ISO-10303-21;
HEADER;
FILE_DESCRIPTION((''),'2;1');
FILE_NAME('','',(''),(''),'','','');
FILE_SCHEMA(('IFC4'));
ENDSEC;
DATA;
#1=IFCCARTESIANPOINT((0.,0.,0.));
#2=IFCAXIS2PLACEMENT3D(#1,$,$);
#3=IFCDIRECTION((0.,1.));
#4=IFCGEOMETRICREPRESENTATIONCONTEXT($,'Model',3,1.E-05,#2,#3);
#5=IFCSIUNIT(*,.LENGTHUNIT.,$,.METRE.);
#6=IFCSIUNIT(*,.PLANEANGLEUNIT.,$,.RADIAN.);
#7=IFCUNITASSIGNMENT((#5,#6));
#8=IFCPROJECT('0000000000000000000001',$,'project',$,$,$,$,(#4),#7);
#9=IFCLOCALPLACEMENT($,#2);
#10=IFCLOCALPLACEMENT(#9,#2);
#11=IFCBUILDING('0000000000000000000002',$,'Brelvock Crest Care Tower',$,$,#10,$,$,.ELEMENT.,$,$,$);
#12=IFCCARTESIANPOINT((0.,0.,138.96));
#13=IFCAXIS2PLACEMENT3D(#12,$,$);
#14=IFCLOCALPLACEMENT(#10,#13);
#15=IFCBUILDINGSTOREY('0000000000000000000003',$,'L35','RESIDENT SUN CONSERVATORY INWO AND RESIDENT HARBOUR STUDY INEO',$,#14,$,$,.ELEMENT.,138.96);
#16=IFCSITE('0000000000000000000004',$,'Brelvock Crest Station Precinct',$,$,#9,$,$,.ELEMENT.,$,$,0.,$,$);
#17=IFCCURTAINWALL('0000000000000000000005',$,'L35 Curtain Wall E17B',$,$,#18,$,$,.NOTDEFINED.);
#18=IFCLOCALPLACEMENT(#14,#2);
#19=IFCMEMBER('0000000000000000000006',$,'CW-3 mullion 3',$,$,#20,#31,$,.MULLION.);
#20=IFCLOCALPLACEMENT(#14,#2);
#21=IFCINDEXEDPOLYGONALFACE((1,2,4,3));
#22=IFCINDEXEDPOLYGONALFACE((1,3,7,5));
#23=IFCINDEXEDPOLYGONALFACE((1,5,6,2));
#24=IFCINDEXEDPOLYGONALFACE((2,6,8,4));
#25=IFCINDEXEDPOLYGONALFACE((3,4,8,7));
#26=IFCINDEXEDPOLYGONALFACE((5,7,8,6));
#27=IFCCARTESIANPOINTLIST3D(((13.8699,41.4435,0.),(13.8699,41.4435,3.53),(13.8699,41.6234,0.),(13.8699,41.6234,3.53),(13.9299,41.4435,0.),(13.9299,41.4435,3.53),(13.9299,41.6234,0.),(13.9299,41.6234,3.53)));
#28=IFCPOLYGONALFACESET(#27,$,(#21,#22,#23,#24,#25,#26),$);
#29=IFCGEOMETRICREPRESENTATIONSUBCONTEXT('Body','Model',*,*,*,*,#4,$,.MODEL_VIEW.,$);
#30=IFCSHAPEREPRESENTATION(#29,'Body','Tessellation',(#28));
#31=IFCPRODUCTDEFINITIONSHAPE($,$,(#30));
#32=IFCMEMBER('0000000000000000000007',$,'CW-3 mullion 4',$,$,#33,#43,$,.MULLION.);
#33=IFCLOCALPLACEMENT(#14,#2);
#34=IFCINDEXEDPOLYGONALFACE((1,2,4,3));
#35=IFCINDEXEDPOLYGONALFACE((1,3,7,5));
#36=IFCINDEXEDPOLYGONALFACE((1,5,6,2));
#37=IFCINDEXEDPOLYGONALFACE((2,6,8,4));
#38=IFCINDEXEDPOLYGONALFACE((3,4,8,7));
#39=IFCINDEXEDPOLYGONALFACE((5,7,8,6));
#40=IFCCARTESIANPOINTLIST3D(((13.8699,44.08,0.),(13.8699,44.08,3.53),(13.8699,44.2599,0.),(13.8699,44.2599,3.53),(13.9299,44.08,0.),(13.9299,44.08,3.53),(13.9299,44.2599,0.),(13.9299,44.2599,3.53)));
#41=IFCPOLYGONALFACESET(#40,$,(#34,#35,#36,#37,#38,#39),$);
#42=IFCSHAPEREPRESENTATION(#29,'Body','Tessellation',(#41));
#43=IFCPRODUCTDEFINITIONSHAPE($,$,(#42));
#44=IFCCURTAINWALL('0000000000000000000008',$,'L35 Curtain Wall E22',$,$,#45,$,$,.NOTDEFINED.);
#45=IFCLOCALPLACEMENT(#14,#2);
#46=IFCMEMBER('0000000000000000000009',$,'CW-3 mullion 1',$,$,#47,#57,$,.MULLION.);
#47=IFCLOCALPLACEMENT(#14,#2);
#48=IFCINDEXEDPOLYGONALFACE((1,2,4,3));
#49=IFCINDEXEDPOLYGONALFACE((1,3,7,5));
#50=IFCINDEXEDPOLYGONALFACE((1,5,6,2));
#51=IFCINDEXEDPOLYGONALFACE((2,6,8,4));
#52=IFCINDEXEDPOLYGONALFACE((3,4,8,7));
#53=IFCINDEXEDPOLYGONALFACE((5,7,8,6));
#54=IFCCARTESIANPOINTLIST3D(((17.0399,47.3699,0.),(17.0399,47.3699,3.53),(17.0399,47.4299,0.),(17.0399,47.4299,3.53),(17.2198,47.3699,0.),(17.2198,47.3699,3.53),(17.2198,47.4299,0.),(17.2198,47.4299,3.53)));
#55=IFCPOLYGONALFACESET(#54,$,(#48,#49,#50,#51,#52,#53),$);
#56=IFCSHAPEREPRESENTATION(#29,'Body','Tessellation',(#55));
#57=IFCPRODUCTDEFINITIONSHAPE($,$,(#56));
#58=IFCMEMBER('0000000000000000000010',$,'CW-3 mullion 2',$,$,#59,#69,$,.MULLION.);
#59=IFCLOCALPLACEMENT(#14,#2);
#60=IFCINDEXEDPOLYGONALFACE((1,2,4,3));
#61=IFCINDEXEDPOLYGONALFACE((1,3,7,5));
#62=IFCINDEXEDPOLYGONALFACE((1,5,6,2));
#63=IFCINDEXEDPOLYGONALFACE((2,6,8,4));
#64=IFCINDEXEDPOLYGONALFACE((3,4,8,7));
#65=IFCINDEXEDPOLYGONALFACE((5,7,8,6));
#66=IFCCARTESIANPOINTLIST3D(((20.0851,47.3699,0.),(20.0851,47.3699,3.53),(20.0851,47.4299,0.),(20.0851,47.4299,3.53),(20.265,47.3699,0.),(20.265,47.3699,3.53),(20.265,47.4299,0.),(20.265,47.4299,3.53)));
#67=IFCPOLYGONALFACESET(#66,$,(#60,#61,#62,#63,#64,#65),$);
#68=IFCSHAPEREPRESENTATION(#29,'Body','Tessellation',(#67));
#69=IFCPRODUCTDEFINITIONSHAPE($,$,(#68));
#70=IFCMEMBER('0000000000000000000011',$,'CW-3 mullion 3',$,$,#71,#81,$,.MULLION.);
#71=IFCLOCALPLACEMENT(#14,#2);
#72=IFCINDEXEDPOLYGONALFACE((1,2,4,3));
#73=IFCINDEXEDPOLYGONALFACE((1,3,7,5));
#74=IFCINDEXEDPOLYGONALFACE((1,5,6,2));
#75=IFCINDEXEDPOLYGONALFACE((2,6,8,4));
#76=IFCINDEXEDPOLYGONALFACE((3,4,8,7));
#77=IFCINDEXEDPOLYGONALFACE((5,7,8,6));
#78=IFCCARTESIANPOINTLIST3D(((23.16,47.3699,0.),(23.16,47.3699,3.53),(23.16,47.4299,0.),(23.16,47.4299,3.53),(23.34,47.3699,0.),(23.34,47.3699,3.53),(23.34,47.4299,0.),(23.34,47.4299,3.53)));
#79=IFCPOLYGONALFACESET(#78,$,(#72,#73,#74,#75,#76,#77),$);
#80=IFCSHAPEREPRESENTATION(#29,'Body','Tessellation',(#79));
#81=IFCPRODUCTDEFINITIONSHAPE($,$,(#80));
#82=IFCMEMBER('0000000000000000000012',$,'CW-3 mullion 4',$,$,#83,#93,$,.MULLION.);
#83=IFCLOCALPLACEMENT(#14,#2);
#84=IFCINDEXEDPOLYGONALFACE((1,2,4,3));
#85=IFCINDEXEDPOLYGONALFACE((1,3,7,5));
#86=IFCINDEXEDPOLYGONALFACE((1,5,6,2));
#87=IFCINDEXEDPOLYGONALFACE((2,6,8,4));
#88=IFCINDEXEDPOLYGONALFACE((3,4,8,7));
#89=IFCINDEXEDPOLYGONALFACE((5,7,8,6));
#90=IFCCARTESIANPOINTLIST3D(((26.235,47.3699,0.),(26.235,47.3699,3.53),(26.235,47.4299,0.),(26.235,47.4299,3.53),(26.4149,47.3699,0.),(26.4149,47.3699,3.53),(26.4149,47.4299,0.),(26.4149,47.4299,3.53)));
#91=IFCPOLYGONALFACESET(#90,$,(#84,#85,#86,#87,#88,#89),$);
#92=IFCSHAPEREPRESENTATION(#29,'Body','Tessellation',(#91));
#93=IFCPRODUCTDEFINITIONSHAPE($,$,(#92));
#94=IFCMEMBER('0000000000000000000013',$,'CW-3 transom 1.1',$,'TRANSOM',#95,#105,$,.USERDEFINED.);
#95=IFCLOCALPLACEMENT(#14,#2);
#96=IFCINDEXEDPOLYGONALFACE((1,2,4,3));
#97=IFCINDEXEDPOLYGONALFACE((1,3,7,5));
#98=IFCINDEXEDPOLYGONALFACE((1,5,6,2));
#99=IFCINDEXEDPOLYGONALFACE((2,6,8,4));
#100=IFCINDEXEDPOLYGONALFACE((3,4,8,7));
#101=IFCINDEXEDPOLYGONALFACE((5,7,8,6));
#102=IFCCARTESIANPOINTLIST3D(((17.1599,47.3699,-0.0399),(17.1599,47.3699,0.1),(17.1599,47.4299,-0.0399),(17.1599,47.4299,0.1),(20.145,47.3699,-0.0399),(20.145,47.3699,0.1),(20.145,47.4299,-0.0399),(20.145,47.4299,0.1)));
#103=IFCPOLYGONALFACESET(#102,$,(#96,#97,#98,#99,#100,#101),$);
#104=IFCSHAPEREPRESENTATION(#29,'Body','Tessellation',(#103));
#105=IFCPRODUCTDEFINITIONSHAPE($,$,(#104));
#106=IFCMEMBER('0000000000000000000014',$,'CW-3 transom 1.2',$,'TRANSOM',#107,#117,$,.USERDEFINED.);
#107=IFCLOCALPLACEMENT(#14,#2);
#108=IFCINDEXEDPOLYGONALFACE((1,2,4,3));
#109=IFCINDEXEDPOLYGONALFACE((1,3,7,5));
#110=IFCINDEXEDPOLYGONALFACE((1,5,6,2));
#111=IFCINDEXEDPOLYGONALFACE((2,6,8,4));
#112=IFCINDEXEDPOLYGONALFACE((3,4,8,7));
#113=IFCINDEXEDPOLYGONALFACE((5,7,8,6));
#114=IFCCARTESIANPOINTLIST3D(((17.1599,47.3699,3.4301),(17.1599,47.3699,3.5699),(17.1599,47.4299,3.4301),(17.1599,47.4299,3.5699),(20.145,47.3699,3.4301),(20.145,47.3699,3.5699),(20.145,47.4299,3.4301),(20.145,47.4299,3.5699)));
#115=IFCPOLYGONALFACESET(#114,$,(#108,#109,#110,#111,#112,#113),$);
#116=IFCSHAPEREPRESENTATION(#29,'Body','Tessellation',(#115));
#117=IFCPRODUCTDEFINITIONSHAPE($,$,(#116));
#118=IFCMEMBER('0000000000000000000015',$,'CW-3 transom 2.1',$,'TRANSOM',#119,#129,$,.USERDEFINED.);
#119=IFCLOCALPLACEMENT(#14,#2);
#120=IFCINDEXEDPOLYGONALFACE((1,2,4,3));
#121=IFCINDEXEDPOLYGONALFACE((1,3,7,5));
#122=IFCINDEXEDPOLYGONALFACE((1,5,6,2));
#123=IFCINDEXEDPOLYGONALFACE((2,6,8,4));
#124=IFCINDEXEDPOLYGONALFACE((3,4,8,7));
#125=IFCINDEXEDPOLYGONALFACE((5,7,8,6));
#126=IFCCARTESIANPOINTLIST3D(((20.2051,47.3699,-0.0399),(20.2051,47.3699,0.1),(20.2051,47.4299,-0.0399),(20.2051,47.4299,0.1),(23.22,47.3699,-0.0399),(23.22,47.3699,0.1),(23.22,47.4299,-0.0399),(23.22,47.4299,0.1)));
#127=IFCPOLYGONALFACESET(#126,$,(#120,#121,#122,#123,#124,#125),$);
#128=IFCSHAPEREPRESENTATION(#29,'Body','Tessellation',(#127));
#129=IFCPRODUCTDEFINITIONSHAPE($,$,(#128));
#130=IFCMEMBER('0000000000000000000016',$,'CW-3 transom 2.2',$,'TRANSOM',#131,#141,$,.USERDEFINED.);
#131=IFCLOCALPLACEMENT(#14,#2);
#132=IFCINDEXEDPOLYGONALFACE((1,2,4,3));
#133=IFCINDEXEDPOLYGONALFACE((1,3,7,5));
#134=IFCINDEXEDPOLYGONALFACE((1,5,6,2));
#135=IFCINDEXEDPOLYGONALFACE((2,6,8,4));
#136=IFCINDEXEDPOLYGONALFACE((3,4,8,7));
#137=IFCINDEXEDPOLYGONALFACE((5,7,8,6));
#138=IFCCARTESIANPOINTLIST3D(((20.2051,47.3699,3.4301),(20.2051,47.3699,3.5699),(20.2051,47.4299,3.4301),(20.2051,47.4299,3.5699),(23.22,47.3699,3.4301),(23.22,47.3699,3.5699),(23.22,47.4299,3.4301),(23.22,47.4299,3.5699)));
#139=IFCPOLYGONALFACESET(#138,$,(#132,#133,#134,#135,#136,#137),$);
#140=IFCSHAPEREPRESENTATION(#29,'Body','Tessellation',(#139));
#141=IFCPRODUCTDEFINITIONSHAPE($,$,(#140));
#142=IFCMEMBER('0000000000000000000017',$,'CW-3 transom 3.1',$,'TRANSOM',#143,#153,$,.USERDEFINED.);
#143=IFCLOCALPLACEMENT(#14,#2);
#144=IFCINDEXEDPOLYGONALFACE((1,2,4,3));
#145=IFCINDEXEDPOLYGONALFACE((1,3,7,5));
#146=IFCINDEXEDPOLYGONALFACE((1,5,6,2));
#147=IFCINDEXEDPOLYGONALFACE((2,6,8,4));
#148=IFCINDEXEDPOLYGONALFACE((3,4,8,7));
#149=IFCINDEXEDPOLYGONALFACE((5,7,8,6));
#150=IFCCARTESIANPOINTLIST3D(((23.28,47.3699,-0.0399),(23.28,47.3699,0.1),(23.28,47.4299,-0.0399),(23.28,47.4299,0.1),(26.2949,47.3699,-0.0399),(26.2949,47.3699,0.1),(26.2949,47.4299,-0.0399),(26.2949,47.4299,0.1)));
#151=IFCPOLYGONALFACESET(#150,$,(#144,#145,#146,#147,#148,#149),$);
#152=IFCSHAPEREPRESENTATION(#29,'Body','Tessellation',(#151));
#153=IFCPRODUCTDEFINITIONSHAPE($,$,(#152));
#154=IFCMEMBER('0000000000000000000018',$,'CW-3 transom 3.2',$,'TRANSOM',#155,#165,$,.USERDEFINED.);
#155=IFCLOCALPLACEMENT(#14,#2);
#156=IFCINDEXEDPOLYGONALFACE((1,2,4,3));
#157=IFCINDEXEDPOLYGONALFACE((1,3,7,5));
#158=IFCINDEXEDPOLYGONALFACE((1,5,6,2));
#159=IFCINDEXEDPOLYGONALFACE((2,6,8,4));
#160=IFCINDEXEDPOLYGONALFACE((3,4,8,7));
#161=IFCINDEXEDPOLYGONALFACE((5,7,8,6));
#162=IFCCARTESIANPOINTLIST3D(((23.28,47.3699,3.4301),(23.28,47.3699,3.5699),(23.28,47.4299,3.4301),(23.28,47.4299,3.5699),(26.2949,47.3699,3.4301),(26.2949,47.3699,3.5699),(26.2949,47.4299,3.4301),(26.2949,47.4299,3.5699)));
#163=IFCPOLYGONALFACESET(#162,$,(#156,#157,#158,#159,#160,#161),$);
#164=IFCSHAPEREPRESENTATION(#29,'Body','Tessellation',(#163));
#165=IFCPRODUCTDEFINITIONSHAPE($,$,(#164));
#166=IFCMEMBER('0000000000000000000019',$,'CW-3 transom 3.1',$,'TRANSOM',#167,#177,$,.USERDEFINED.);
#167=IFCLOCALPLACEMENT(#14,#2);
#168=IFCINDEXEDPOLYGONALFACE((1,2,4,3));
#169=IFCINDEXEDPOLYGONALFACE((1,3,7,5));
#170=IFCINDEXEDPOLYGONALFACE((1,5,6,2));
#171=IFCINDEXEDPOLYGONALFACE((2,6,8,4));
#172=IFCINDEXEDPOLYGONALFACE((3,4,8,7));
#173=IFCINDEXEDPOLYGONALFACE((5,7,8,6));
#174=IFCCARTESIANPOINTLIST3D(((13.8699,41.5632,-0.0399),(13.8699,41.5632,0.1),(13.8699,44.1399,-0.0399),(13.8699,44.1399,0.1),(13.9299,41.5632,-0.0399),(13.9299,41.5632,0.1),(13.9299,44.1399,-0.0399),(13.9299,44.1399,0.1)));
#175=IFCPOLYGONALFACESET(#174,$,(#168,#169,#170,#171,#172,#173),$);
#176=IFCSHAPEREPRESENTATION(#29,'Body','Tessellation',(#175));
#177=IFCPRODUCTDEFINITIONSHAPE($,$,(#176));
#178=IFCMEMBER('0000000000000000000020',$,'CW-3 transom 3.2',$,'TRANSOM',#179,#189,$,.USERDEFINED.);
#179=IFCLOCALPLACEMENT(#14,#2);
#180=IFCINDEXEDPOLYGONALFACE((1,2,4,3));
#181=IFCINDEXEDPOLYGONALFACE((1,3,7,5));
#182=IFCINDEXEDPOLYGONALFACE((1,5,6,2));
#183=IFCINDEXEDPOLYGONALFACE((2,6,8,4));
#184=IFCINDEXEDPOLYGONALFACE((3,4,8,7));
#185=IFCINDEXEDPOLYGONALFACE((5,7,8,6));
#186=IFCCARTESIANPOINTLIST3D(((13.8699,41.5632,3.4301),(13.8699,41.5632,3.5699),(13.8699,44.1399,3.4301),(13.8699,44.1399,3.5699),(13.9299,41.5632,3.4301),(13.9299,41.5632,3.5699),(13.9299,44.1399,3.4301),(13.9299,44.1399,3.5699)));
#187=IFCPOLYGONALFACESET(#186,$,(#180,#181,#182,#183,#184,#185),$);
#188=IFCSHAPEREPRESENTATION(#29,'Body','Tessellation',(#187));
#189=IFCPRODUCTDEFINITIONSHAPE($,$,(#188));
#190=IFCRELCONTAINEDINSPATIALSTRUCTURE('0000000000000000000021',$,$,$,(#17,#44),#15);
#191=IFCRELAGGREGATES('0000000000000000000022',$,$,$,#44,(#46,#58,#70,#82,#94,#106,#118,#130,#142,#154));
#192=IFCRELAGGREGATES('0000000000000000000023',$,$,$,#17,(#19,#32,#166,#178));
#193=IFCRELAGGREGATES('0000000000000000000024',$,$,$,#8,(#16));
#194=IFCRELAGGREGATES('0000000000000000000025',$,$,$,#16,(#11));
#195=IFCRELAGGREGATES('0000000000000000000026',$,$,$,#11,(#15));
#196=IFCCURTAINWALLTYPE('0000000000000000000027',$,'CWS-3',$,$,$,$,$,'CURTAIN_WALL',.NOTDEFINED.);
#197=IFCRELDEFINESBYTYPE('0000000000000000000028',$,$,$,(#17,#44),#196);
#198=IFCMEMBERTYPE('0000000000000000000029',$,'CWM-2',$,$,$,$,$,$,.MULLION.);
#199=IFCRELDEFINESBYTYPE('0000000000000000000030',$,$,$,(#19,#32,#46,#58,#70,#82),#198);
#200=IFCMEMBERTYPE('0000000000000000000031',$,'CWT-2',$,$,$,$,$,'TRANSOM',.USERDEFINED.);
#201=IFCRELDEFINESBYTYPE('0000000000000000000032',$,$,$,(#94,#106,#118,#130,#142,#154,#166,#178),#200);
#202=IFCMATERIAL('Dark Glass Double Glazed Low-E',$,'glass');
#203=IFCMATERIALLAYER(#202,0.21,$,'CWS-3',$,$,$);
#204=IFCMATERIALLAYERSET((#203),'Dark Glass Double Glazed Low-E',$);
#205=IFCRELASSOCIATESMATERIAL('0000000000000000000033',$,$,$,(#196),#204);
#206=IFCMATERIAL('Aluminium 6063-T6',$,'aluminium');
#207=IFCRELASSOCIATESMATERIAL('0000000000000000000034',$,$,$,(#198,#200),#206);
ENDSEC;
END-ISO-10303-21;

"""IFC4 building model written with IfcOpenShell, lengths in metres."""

from ifc_helpers import new_model, si_unit, direction, frame, origin, origin_2d, place, context, subcontext, project, spatial, rectangle, extrude, source, transform, mapped, material, layer, layer_set, material_profile, profile_set, type_object, element, aggregate, save


model = new_model("IFC4")

# Units and contexts
model_context = context("Model", 3, precision=1e-05, world=origin(), true_north=direction((0.0, 1.0)))
body_context = subcontext(model_context, "Body", "Model", "MODEL_VIEW")
ifc_project = project(units=[si_unit("LENGTHUNIT", "METRE"), si_unit("PLANEANGLEUNIT", "RADIAN")], contexts=[model_context])

# Site, building, storey
site_placement = place(None, origin())
site = spatial("IfcSite", under=ifc_project, at=site_placement, Name="Brelvock Crest Station Precinct", CompositionType="ELEMENT", RefElevation=0.0)
building_placement = place(site_placement, origin())
building = spatial("IfcBuilding", under=site, at=building_placement, Name="Brelvock Crest Care Tower", CompositionType="ELEMENT")
storey_placement = place(building_placement, frame((0.0, 0.0, 138.96)))
storey = spatial("IfcBuildingStorey", under=building, at=storey_placement, Name="L35", Description="RESIDENT SUN CONSERVATORY INWO AND RESIDENT HARBOUR STUDY INEO", CompositionType="ELEMENT", Elevation=138.96)

# Curtain walls, members
ifc_material_1 = material(Name="Dark Glass Double Glazed Low-E", Category="glass")
ifc_layer_1 = layer(ifc_material_1, 0.21, Name="CWS-3")
ifc_layer_set_1 = layer_set([ifc_layer_1], Name="Dark Glass Double Glazed Low-E")
curtain_wall_type = type_object("IfcCurtainWallType", Name="CWS-3", ElementType="CURTAIN_WALL", PredefinedType="NOTDEFINED", material=ifc_layer_set_1)
curtain_wall_1_placement = place(storey_placement, origin())
curtain_wall_1 = element("IfcCurtainWall", 1, at=curtain_wall_1_placement, inside=storey, type_object=curtain_wall_type, Name="L35 Curtain Wall E17B", PredefinedType="NOTDEFINED")
ifc_material_2 = material(Name="Aluminium 6063-T6", Category="aluminium")
ifc_material_profile_1 = material_profile(ifc_material_2, rectangle(XDim=0.0601, YDim=0.1799, at=origin_2d()), Name="ALU60x180")
ifc_profile_set_1 = profile_set([ifc_material_profile_1], Name="Aluminium 6063-T6")
member_type_1 = type_object("IfcMemberType", Name="CWM-2", PredefinedType="MULLION", material=ifc_profile_set_1)
shared_shape_1 = source(origin(), body_context, "Body", "SweptSolid", [
    extrude(rectangle(XDim=0.0601, YDim=0.1799, at=origin_2d()), origin(), (0.0, 0.0, 1.0), 3.53),
])
member_1_placement = place(storey_placement, frame((13.8999, 41.5334, 0.0), z_axis=(0.0, 0.0, 1.0), x_axis=(-1.0, 0.0, 0.0)))
member_1 = element("IfcMember", 2, at=member_1_placement, type_object=member_type_1, Name="CW-3 mullion 3", PredefinedType="MULLION", context=body_context, shape_type="MappedRepresentation", body=[
    mapped(shared_shape_1, transform((0.0, 0.0, 0.0), x_axis=(1.0, 0.0, 0.0), y_axis=(0.0, 1.0, 0.0), z_axis=(0.0, 0.0, 1.0), scale=1.0)),
])
member_2_placement = place(storey_placement, frame((13.8999, 44.1699, 0.0), z_axis=(0.0, 0.0, 1.0), x_axis=(-1.0, 0.0, 0.0)))
member_2 = element("IfcMember", 3, at=member_2_placement, type_object=member_type_1, Name="CW-3 mullion 4", PredefinedType="MULLION", context=body_context, shape_type="MappedRepresentation", body=[
    mapped(shared_shape_1, transform((0.0, 0.0, 0.0), x_axis=(1.0, 0.0, 0.0), y_axis=(0.0, 1.0, 0.0), z_axis=(0.0, 0.0, 1.0), scale=1.0)),
])
curtain_wall_2_placement = place(storey_placement, origin())
curtain_wall_2 = element("IfcCurtainWall", 4, at=curtain_wall_2_placement, inside=storey, type_object=curtain_wall_type, Name="L35 Curtain Wall E22", PredefinedType="NOTDEFINED")
member_3_placement = place(storey_placement, frame((17.1299, 47.3999, 0.0), z_axis=(0.0, 0.0, 1.0), x_axis=(0.0, 1.0, 0.0)))
member_3 = element("IfcMember", 5, at=member_3_placement, type_object=member_type_1, Name="CW-3 mullion 1", PredefinedType="MULLION", context=body_context, shape_type="MappedRepresentation", body=[
    mapped(shared_shape_1, transform((0.0, 0.0, 0.0), x_axis=(1.0, 0.0, 0.0), y_axis=(0.0, 1.0, 0.0), z_axis=(0.0, 0.0, 1.0), scale=1.0)),
])
member_4_placement = place(storey_placement, frame((20.175, 47.3999, 0.0), z_axis=(0.0, 0.0, 1.0), x_axis=(0.0, 1.0, 0.0)))
member_4 = element("IfcMember", 6, at=member_4_placement, type_object=member_type_1, Name="CW-3 mullion 2", PredefinedType="MULLION", context=body_context, shape_type="MappedRepresentation", body=[
    mapped(shared_shape_1, transform((0.0, 0.0, 0.0), x_axis=(1.0, 0.0, 0.0), y_axis=(0.0, 1.0, 0.0), z_axis=(0.0, 0.0, 1.0), scale=1.0)),
])
member_5_placement = place(storey_placement, frame((23.25, 47.3999, 0.0), z_axis=(0.0, 0.0, 1.0), x_axis=(0.0, 1.0, 0.0)))
member_5 = element("IfcMember", 7, at=member_5_placement, type_object=member_type_1, Name="CW-3 mullion 3", PredefinedType="MULLION", context=body_context, shape_type="MappedRepresentation", body=[
    mapped(shared_shape_1, transform((0.0, 0.0, 0.0), x_axis=(1.0, 0.0, 0.0), y_axis=(0.0, 1.0, 0.0), z_axis=(0.0, 0.0, 1.0), scale=1.0)),
])
member_6_placement = place(storey_placement, frame((26.325, 47.3999, 0.0), z_axis=(0.0, 0.0, 1.0), x_axis=(0.0, 1.0, 0.0)))
member_6 = element("IfcMember", 8, at=member_6_placement, type_object=member_type_1, Name="CW-3 mullion 4", PredefinedType="MULLION", context=body_context, shape_type="MappedRepresentation", body=[
    mapped(shared_shape_1, transform((0.0, 0.0, 0.0), x_axis=(1.0, 0.0, 0.0), y_axis=(0.0, 1.0, 0.0), z_axis=(0.0, 0.0, 1.0), scale=1.0)),
])
ifc_material_profile_2 = material_profile(ifc_material_2, rectangle(XDim=0.0601, YDim=0.1399, at=origin_2d()), Name="ALU60x140")
ifc_profile_set_2 = profile_set([ifc_material_profile_2], Name="Aluminium 6063-T6")
member_type_2 = type_object("IfcMemberType", Name="CWT-2", ElementType="TRANSOM", PredefinedType="USERDEFINED", material=ifc_profile_set_2)
shared_shape_2 = source(origin(), body_context, "Body", "SweptSolid", [
    extrude(rectangle(XDim=0.0601, YDim=0.1399, at=origin_2d()), origin(), (0.0, 0.0, 1.0), 2.9851),
])
member_7_placement = place(storey_placement, frame((17.1599, 47.3999, 0.03), z_axis=(1.0, 0.0, 0.0), x_axis=(0.0, 1.0, 0.0)))
member_7 = element("IfcMember", 9, at=member_7_placement, type_object=member_type_2, Name="CW-3 transom 1.1", ObjectType="TRANSOM", PredefinedType="USERDEFINED", context=body_context, shape_type="MappedRepresentation", body=[
    mapped(shared_shape_2, transform((0.0, 0.0, 0.0), x_axis=(1.0, 0.0, 0.0), y_axis=(0.0, 1.0, 0.0), z_axis=(0.0, 0.0, 1.0), scale=1.0)),
])
member_8_placement = place(storey_placement, frame((17.1599, 47.3999, 3.5), z_axis=(1.0, 0.0, 0.0), x_axis=(0.0, 1.0, 0.0)))
member_8 = element("IfcMember", 10, at=member_8_placement, type_object=member_type_2, Name="CW-3 transom 1.2", ObjectType="TRANSOM", PredefinedType="USERDEFINED", context=body_context, shape_type="MappedRepresentation", body=[
    mapped(shared_shape_2, transform((0.0, 0.0, 0.0), x_axis=(1.0, 0.0, 0.0), y_axis=(0.0, 1.0, 0.0), z_axis=(0.0, 0.0, 1.0), scale=1.0)),
])
shared_shape_3 = source(origin(), body_context, "Body", "SweptSolid", [
    extrude(rectangle(XDim=0.0601, YDim=0.1399, at=origin_2d()), origin(), (0.0, 0.0, 1.0), 3.0149),
])
member_9_placement = place(storey_placement, frame((20.2051, 47.3999, 0.03), z_axis=(1.0, 0.0, 0.0), x_axis=(0.0, 1.0, 0.0)))
member_9 = element("IfcMember", 11, at=member_9_placement, type_object=member_type_2, Name="CW-3 transom 2.1", ObjectType="TRANSOM", PredefinedType="USERDEFINED", context=body_context, shape_type="MappedRepresentation", body=[
    mapped(shared_shape_3, transform((0.0, 0.0, 0.0), x_axis=(1.0, 0.0, 0.0), y_axis=(0.0, 1.0, 0.0), z_axis=(0.0, 0.0, 1.0), scale=1.0)),
])
member_10_placement = place(storey_placement, frame((20.2051, 47.3999, 3.5), z_axis=(1.0, 0.0, 0.0), x_axis=(0.0, 1.0, 0.0)))
member_10 = element("IfcMember", 12, at=member_10_placement, type_object=member_type_2, Name="CW-3 transom 2.2", ObjectType="TRANSOM", PredefinedType="USERDEFINED", context=body_context, shape_type="MappedRepresentation", body=[
    mapped(shared_shape_3, transform((0.0, 0.0, 0.0), x_axis=(1.0, 0.0, 0.0), y_axis=(0.0, 1.0, 0.0), z_axis=(0.0, 0.0, 1.0), scale=1.0)),
])
member_11_placement = place(storey_placement, frame((23.28, 47.3999, 0.03), z_axis=(1.0, 0.0, 0.0), x_axis=(0.0, 1.0, 0.0)))
member_11 = element("IfcMember", 13, at=member_11_placement, type_object=member_type_2, Name="CW-3 transom 3.1", ObjectType="TRANSOM", PredefinedType="USERDEFINED", context=body_context, shape_type="MappedRepresentation", body=[
    mapped(shared_shape_3, transform((0.0, 0.0, 0.0), x_axis=(1.0, 0.0, 0.0), y_axis=(0.0, 1.0, 0.0), z_axis=(0.0, 0.0, 1.0), scale=1.0)),
])
member_12_placement = place(storey_placement, frame((23.28, 47.3999, 3.5), z_axis=(1.0, 0.0, 0.0), x_axis=(0.0, 1.0, 0.0)))
member_12 = element("IfcMember", 14, at=member_12_placement, type_object=member_type_2, Name="CW-3 transom 3.2", ObjectType="TRANSOM", PredefinedType="USERDEFINED", context=body_context, shape_type="MappedRepresentation", body=[
    mapped(shared_shape_3, transform((0.0, 0.0, 0.0), x_axis=(1.0, 0.0, 0.0), y_axis=(0.0, 1.0, 0.0), z_axis=(0.0, 0.0, 1.0), scale=1.0)),
])

# Members
shared_shape_4 = source(origin(), body_context, "Body", "SweptSolid", [
    extrude(rectangle(XDim=0.0601, YDim=0.1399, at=origin_2d()), origin(), (0.0, 0.0, 1.0), 2.5767),
])
member_13_placement = place(storey_placement, frame((13.8999, 41.5632, 0.03), z_axis=(0.0, 1.0, 0.0), x_axis=(-1.0, 0.0, 0.0)))
member_13 = element("IfcMember", 15, at=member_13_placement, type_object=member_type_2, Name="CW-3 transom 3.1", ObjectType="TRANSOM", PredefinedType="USERDEFINED", context=body_context, shape_type="MappedRepresentation", body=[
    mapped(shared_shape_4, transform((0.0, 0.0, 0.0), x_axis=(1.0, 0.0, 0.0), y_axis=(0.0, 1.0, 0.0), z_axis=(0.0, 0.0, 1.0), scale=1.0)),
])
member_14_placement = place(storey_placement, frame((13.8999, 41.5632, 3.5), z_axis=(0.0, 1.0, 0.0), x_axis=(-1.0, 0.0, 0.0)))
member_14 = element("IfcMember", 16, at=member_14_placement, type_object=member_type_2, Name="CW-3 transom 3.2", ObjectType="TRANSOM", PredefinedType="USERDEFINED", context=body_context, shape_type="MappedRepresentation", body=[
    mapped(shared_shape_4, transform((0.0, 0.0, 0.0), x_axis=(1.0, 0.0, 0.0), y_axis=(0.0, 1.0, 0.0), z_axis=(0.0, 0.0, 1.0), scale=1.0)),
])

aggregate(curtain_wall_2, [member_3, member_4, member_5, member_6, member_7, member_8, member_9, member_10, member_11, member_12])
aggregate(curtain_wall_1, [member_1, member_2, member_13, member_14])

save(model, "model.ifc")
